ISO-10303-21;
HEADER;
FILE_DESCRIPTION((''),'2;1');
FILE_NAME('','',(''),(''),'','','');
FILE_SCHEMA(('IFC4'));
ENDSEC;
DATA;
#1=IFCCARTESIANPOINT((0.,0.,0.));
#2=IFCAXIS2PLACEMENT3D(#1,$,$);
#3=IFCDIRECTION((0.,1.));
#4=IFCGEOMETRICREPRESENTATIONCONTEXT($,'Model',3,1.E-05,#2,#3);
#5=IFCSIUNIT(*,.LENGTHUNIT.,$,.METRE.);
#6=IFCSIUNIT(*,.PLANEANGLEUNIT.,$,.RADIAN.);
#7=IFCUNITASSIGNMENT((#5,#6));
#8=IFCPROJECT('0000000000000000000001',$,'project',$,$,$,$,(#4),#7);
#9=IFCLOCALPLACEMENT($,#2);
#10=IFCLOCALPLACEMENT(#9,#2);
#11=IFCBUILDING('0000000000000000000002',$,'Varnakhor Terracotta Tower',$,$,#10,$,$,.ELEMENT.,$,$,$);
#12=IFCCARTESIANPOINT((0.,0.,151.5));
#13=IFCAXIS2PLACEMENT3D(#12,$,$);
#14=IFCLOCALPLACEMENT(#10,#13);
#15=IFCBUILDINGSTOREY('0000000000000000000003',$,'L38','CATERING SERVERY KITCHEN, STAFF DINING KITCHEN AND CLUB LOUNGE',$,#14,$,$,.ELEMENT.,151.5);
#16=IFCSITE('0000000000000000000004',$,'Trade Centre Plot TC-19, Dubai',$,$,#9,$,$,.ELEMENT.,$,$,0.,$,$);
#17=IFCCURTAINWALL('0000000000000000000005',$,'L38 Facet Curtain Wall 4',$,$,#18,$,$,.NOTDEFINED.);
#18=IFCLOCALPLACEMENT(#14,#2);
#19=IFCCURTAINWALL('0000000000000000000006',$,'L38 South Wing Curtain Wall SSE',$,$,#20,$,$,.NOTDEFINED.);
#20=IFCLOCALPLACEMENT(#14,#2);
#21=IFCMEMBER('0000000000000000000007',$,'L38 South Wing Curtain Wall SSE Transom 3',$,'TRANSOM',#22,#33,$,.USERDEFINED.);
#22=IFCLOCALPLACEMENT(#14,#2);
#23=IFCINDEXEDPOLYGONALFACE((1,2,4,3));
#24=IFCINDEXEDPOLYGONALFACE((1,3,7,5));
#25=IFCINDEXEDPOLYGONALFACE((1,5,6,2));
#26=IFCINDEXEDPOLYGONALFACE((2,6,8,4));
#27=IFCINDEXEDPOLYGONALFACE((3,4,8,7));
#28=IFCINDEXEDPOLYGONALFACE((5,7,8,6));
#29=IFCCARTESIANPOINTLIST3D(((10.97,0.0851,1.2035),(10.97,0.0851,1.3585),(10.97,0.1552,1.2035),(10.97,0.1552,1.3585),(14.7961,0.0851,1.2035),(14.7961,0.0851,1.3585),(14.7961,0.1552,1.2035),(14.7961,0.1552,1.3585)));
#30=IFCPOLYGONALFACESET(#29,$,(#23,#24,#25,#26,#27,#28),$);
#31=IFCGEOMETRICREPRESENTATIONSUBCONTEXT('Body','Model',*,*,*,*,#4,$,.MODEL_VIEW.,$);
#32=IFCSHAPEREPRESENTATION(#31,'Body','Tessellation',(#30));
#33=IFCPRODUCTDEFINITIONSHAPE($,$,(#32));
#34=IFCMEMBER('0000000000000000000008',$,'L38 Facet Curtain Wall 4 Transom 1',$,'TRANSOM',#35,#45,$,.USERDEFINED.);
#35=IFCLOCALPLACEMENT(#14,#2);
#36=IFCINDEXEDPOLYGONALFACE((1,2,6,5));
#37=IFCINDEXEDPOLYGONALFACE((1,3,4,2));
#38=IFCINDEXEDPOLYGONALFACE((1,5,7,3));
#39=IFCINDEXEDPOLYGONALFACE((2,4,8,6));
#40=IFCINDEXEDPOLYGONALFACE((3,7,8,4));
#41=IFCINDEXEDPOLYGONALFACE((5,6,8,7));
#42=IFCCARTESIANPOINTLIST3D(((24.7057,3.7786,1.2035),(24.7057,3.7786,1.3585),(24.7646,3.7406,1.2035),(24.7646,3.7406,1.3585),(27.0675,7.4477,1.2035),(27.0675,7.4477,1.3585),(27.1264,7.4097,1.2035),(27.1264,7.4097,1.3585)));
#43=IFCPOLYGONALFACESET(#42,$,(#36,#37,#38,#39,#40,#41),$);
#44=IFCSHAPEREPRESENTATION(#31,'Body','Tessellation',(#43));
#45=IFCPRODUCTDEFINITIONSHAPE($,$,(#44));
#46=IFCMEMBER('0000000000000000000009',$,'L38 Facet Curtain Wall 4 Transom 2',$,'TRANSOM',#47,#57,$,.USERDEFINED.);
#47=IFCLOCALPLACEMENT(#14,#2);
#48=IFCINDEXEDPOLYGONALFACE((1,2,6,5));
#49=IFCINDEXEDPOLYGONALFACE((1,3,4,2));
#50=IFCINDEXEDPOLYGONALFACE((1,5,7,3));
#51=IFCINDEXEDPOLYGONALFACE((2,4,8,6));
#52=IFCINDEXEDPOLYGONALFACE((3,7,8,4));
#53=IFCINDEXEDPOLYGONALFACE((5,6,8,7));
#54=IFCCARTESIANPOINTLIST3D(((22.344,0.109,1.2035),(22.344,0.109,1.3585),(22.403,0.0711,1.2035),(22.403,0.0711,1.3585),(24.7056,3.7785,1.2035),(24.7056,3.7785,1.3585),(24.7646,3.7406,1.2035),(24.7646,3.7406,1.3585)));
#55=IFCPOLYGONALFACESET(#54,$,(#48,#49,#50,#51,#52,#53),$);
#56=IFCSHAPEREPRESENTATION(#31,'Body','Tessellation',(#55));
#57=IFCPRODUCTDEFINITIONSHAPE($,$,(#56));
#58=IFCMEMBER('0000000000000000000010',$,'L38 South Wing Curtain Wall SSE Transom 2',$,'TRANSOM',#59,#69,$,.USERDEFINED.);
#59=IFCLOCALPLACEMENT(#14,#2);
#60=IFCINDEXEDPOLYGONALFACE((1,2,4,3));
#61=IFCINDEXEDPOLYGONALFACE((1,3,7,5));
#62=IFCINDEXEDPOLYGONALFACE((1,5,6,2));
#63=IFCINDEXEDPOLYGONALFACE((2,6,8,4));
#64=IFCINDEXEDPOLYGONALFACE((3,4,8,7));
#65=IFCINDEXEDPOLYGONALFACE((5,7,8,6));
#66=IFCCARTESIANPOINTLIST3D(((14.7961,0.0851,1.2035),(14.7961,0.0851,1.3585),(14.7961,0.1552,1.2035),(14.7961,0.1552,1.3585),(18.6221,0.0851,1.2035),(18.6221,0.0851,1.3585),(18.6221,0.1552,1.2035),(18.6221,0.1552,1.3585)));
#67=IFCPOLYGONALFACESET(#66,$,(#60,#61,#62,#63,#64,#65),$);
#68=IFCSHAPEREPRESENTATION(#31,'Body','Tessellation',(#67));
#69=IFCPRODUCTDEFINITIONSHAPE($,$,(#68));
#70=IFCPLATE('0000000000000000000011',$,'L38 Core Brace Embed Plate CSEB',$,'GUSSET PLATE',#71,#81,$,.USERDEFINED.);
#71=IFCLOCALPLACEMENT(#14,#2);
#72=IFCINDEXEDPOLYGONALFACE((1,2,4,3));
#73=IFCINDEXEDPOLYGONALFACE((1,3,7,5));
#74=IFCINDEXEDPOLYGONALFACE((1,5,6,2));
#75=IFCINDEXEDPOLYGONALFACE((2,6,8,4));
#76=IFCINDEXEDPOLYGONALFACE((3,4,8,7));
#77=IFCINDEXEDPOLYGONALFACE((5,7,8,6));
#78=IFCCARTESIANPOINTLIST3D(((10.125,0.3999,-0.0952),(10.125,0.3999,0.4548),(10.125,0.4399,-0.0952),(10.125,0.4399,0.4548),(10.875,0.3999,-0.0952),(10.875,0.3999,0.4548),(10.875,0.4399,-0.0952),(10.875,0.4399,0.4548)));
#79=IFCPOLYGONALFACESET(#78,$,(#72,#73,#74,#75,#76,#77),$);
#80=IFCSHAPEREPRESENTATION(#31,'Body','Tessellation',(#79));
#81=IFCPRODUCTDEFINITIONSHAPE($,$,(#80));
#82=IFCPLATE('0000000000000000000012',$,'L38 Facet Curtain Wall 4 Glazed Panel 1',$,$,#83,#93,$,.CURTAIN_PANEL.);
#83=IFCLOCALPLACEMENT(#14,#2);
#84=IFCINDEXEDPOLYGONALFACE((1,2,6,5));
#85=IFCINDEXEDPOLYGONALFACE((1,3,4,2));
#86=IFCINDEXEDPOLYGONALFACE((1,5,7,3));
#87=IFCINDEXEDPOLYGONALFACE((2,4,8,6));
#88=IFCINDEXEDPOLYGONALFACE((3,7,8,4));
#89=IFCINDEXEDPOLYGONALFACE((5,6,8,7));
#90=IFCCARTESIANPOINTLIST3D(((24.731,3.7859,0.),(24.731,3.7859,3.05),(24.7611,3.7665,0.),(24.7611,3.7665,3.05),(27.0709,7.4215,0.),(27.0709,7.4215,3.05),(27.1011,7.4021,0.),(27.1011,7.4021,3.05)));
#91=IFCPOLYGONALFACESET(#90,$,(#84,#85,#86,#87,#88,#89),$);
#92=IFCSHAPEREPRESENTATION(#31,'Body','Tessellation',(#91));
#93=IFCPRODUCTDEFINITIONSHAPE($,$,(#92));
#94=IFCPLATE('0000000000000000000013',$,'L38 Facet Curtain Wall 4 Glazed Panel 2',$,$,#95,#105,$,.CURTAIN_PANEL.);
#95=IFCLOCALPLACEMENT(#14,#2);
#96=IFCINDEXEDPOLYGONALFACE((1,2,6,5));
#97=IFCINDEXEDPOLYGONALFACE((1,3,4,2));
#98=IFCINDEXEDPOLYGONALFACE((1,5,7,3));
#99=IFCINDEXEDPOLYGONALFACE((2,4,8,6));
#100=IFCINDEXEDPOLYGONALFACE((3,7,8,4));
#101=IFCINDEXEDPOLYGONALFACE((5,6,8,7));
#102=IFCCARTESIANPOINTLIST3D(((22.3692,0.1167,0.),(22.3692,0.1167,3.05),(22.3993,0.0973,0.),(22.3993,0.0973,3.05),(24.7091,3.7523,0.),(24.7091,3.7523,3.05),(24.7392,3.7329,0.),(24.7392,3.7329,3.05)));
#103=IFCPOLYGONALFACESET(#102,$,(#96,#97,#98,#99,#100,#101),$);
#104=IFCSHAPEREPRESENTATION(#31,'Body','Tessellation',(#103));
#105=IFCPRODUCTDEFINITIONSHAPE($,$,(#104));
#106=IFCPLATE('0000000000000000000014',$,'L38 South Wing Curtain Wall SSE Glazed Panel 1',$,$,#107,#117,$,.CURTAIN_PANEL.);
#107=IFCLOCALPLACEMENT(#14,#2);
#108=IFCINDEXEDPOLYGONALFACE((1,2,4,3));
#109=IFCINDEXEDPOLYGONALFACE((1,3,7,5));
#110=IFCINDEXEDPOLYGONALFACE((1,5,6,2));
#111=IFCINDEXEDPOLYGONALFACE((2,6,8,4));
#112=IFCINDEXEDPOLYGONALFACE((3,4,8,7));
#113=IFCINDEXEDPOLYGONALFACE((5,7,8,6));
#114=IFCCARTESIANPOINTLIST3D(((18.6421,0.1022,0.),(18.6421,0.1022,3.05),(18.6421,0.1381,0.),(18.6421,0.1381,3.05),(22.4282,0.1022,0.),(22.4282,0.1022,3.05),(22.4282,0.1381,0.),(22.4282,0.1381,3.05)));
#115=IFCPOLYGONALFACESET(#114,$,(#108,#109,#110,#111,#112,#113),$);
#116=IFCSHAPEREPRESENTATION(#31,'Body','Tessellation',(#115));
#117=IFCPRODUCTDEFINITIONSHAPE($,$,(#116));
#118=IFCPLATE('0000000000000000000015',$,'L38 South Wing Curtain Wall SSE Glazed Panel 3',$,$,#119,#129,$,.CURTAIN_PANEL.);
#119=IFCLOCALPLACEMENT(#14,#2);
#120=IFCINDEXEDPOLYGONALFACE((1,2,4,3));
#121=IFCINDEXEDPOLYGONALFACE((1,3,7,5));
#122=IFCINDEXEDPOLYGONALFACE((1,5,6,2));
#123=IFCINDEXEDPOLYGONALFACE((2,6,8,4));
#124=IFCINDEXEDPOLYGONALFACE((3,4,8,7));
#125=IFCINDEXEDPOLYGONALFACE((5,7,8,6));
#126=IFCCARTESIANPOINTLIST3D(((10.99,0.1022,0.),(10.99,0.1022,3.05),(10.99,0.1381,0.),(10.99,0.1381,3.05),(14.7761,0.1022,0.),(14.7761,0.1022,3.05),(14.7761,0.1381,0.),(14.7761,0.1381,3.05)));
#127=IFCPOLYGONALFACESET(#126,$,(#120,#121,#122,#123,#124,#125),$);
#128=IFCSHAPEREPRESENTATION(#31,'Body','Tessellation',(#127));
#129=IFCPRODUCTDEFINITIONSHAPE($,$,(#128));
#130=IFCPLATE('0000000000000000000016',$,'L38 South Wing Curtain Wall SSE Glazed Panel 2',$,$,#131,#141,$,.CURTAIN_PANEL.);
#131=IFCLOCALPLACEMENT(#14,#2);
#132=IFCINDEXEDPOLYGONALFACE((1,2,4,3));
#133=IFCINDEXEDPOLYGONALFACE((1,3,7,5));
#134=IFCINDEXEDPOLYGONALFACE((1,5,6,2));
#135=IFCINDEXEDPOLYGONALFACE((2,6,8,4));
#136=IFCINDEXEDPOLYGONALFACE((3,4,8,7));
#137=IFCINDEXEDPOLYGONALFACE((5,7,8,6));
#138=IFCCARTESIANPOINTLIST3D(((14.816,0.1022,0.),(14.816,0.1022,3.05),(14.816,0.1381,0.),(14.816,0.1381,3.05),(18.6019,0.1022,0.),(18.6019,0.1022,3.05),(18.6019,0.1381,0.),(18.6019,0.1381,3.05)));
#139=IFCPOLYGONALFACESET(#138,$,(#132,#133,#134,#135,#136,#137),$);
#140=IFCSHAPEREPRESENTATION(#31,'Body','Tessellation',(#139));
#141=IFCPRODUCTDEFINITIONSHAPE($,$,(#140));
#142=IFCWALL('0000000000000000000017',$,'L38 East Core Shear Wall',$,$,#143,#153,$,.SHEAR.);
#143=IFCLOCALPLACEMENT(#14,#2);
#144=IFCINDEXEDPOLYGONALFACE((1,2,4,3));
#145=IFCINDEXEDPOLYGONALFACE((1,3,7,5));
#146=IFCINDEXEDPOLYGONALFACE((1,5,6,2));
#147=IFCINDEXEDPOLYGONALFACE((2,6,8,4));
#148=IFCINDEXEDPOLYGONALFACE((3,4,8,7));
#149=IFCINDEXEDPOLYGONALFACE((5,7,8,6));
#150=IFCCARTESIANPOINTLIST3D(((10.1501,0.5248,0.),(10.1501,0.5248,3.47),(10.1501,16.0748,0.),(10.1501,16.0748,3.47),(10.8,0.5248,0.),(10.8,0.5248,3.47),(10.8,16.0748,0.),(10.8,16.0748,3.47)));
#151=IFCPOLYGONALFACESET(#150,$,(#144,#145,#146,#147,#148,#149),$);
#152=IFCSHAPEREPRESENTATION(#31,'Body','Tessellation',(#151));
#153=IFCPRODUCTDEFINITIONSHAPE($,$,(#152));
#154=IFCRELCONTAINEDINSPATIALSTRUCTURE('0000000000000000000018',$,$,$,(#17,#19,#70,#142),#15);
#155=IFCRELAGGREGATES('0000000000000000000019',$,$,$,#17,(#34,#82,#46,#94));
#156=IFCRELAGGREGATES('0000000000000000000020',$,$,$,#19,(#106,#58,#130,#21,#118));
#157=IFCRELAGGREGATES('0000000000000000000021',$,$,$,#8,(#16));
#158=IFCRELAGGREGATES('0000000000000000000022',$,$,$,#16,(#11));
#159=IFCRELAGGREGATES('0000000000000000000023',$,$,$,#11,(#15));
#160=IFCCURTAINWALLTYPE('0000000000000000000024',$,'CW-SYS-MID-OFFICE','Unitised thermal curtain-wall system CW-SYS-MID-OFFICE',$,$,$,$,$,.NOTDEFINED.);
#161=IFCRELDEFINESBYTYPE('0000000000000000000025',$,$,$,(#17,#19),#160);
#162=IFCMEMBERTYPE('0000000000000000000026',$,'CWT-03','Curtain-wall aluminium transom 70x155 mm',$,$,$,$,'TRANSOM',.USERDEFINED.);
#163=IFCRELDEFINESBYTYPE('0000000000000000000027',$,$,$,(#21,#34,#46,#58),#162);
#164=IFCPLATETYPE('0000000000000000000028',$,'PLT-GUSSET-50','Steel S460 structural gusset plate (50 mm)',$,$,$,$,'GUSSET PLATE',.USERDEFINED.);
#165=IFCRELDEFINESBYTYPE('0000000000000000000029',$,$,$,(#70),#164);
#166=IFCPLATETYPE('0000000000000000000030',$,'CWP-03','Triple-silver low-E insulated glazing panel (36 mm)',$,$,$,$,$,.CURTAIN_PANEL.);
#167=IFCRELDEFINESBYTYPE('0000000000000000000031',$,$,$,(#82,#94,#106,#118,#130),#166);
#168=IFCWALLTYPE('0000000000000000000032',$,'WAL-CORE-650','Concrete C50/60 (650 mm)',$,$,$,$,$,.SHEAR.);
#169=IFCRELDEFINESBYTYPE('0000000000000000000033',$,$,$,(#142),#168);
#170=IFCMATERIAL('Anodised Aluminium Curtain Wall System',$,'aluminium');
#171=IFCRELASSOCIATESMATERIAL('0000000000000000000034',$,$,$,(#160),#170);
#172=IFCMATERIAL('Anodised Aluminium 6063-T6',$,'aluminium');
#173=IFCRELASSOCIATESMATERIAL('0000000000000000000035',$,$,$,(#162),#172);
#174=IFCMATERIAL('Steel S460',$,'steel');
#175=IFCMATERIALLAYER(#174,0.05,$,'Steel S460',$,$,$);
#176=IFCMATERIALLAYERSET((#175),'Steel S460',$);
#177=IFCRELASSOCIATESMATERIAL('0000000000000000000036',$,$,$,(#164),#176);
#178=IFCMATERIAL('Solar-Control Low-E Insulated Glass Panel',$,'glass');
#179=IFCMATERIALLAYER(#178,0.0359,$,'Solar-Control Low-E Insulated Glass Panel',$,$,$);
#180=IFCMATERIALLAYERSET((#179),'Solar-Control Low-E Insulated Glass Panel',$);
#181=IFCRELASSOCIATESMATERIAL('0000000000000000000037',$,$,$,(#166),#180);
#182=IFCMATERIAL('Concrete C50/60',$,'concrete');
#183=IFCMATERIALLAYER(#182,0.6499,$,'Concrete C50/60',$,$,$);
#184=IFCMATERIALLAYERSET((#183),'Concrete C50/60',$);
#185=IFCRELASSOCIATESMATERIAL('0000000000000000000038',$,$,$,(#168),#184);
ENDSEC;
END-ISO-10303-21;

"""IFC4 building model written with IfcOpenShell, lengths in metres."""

from ifc_helpers import new_model, si_unit, direction, frame, frame_2d, origin, origin_2d, place, context, subcontext, project, spatial, rectangle, extrude, source, transform, mapped, material, layer, layer_set, material_profile, profile_set, type_object, type_shapes, element, aggregate, save


model = new_model("IFC4")

# Units and contexts
model_context = context("Model", 3, precision=1e-05, world=origin(), true_north=direction((0.0, 1.0)))
body_context = subcontext(model_context, "Body", "Model", "MODEL_VIEW")
ifc_project = project(units=[si_unit("LENGTHUNIT", "METRE"), si_unit("PLANEANGLEUNIT", "RADIAN")], contexts=[model_context])

# Site, building, storey
site_placement = place(None, origin())
site = spatial("IfcSite", under=ifc_project, at=site_placement, Name="Trade Centre Plot TC-19, Dubai", CompositionType="ELEMENT", RefElevation=0.0)
building_placement = place(site_placement, origin())
building = spatial("IfcBuilding", under=site, at=building_placement, Name="Varnakhor Terracotta Tower", CompositionType="ELEMENT")
storey_placement = place(building_placement, frame((0.0, 0.0, 151.5)))
storey = spatial("IfcBuildingStorey", under=building, at=storey_placement, Name="L38", Description="CATERING SERVERY KITCHEN, STAFF DINING KITCHEN AND CLUB LOUNGE", CompositionType="ELEMENT", Elevation=151.5)

# Shared definitions
ifc_material_1 = material(Name="Concrete C50/60", Category="concrete")
ifc_material_2 = material(Name="Steel S460", Category="steel")

# Curtain walls, member
ifc_material_3 = material(Name="Anodised Aluminium Curtain Wall System", Category="aluminium")
curtain_wall_type = type_object("IfcCurtainWallType", Name="CW-SYS-MID-OFFICE", Description="Unitised thermal curtain-wall system CW-SYS-MID-OFFICE", PredefinedType="NOTDEFINED", material=ifc_material_3)
curtain_wall_1_placement = place(storey_placement, origin())
curtain_wall_1 = element("IfcCurtainWall", 1, at=curtain_wall_1_placement, inside=storey, type_object=curtain_wall_type, Name="L38 Facet Curtain Wall 4", PredefinedType="NOTDEFINED")
ifc_material_4 = material(Name="Anodised Aluminium 6063-T6", Category="aluminium")
curtain_wall_2_placement = place(storey_placement, origin())
curtain_wall_2 = element("IfcCurtainWall", 2, at=curtain_wall_2_placement, inside=storey, type_object=curtain_wall_type, Name="L38 South Wing Curtain Wall SSE", PredefinedType="NOTDEFINED")
ifc_material_profile_1 = material_profile(ifc_material_4, rectangle(XDim=0.0701, YDim=0.155, at=origin_2d()), Name="ALU TRANSOM 70x155")
ifc_profile_set_1 = profile_set([ifc_material_profile_1], Name="Anodised Aluminium 6063-T6")
member_type_1 = type_object("IfcMemberType", Name="CWT-03", Description="Curtain-wall aluminium transom 70x155 mm", ElementType="TRANSOM", PredefinedType="USERDEFINED", material=ifc_profile_set_1)
shared_shape_1 = source(origin(), body_context, "Body", "SweptSolid", [
    extrude(rectangle(XDim=0.0701, YDim=0.155, at=origin_2d()), origin(), (0.0, 0.0, 1.0), 3.8262),
])
member_1_placement = place(storey_placement, frame((14.7961, 0.1201, 1.281), z_axis=(-1.0, 0.0, 0.0), x_axis=(0.0, -1.0, 0.0)))
member_1 = element("IfcMember", 3, at=member_1_placement, type_object=member_type_1, Name="L38 South Wing Curtain Wall SSE Transom 3", ObjectType="TRANSOM", PredefinedType="USERDEFINED", context=body_context, shape_type="MappedRepresentation", body=[
    mapped(shared_shape_1, transform((0.0, 0.0, 0.0), scale=1.0)),
])

# Members
shared_shape_2 = source(origin(), body_context, "Body", "SweptSolid", [
    extrude(rectangle(XDim=0.0701, YDim=0.155, at=origin_2d()), origin(), (0.0, 0.0, 1.0), 4.3635),
])
member_2_placement = place(storey_placement, frame((27.0969, 7.4287, 1.281), z_axis=(-0.541252, -0.84086, 0.0), x_axis=(0.84086, -0.541252, 0.0)))
member_2 = element("IfcMember", 4, at=member_2_placement, type_object=member_type_1, Name="L38 Facet Curtain Wall 4 Transom 1", ObjectType="TRANSOM", PredefinedType="USERDEFINED", context=body_context, shape_type="MappedRepresentation", body=[
    mapped(shared_shape_2, transform((0.0, 0.0, 0.0), scale=1.0)),
])
shared_shape_3 = source(origin(), body_context, "Body", "SweptSolid", [
    extrude(rectangle(XDim=0.0701, YDim=0.155, at=origin_2d()), origin(), (0.0, 0.0, 1.0), 4.3638),
])
member_3_placement = place(storey_placement, frame((24.7351, 3.7595, 1.281), z_axis=(-0.541187, -0.840902, 0.0), x_axis=(0.840902, -0.541187, 0.0)))
member_3 = element("IfcMember", 5, at=member_3_placement, type_object=member_type_1, Name="L38 Facet Curtain Wall 4 Transom 2", ObjectType="TRANSOM", PredefinedType="USERDEFINED", context=body_context, shape_type="MappedRepresentation", body=[
    mapped(shared_shape_3, transform((0.0, 0.0, 0.0), scale=1.0)),
])
shared_shape_4 = source(origin(), body_context, "Body", "SweptSolid", [
    extrude(rectangle(XDim=0.0701, YDim=0.155, at=origin_2d()), origin(), (0.0, 0.0, 1.0), 3.8259),
])
member_4_placement = place(storey_placement, frame((18.6221, 0.1201, 1.281), z_axis=(-1.0, 0.0, 0.0), x_axis=(0.0, -1.0, 0.0)))
member_4 = element("IfcMember", 6, at=member_4_placement, type_object=member_type_1, Name="L38 South Wing Curtain Wall SSE Transom 2", ObjectType="TRANSOM", PredefinedType="USERDEFINED", context=body_context, shape_type="MappedRepresentation", body=[
    mapped(shared_shape_4, transform((0.0, 0.0, 0.0), scale=1.0)),
])

# Plates
ifc_layer_1 = layer(ifc_material_2, 0.05, Name="Steel S460")
ifc_layer_set_1 = layer_set([ifc_layer_1], Name="Steel S460")
plate_type_1 = type_object("IfcPlateType", Name="PLT-GUSSET-50", Description="Steel S460 structural gusset plate (50 mm)", ElementType="GUSSET PLATE", PredefinedType="USERDEFINED", material=ifc_layer_set_1)
shared_shape_5 = source(origin(), body_context, "Body", "SweptSolid", [
    extrude(rectangle(XDim=0.75, YDim=0.04, at=origin_2d()), origin(), (0.0, 0.0, 1.0), 0.55),
])
type_shapes(plate_type_1, [shared_shape_5])
plate_1_placement = place(storey_placement, frame((10.5, 0.4199, -0.0952), z_axis=(0.0, 0.0, 1.0), x_axis=(1.0, 0.0, 0.0)))
element("IfcPlate", 7, at=plate_1_placement, inside=storey, type_object=plate_type_1, Name="L38 Core Brace Embed Plate CSEB", ObjectType="GUSSET PLATE", PredefinedType="USERDEFINED", context=body_context, shape_type="MappedRepresentation", body=[
    mapped(shared_shape_5, transform((0.0, 0.0, 0.0), scale=1.0)),
])
ifc_material_5 = material(Name="Solar-Control Low-E Insulated Glass Panel", Category="glass")
ifc_layer_2 = layer(ifc_material_5, 0.0359, Name="Solar-Control Low-E Insulated Glass Panel")
ifc_layer_set_2 = layer_set([ifc_layer_2], Name="Solar-Control Low-E Insulated Glass Panel")
plate_type_2 = type_object("IfcPlateType", Name="CWP-03", Description="Triple-silver low-E insulated glazing panel (36 mm)", PredefinedType="CURTAIN_PANEL", material=ifc_layer_set_2)
shared_shape_6 = source(origin(), body_context, "Body", "SweptSolid", [
    extrude(rectangle(XDim=4.3235, YDim=0.0359, at=origin_2d()), origin(), (0.0, 0.0, 1.0), 3.05),
])
plate_2_placement = place(storey_placement, frame((25.916, 5.594, 0.0), z_axis=(0.0, 0.0, 1.0), x_axis=(-0.541209, -0.840888, 0.0)))
plate_2 = element("IfcPlate", 8, at=plate_2_placement, type_object=plate_type_2, Name="L38 Facet Curtain Wall 4 Glazed Panel 1", PredefinedType="CURTAIN_PANEL", context=body_context, shape_type="MappedRepresentation", body=[
    mapped(shared_shape_6, transform((0.0, 0.0, 0.0), scale=1.0)),
])
plate_3_placement = place(storey_placement, frame((23.5542, 1.9248, 0.0), z_axis=(0.0, 0.0, 1.0), x_axis=(-0.541209, -0.840888, 0.0)))
plate_3 = element("IfcPlate", 9, at=plate_3_placement, type_object=plate_type_2, Name="L38 Facet Curtain Wall 4 Glazed Panel 2", PredefinedType="CURTAIN_PANEL", context=body_context, shape_type="MappedRepresentation", body=[
    mapped(shared_shape_6, transform((0.0, 0.0, 0.0), scale=1.0)),
])
aggregate(curtain_wall_1, [member_2, plate_2, member_3, plate_3])
shared_shape_7 = source(origin(), body_context, "Body", "SweptSolid", [
    extrude(rectangle(XDim=3.7861, YDim=0.0359, at=origin_2d()), origin(), (0.0, 0.0, 1.0), 3.05),
])
plate_4_placement = place(storey_placement, frame((20.5352, 0.1201, 0.0), z_axis=(0.0, 0.0, 1.0), x_axis=(-1.0, 0.0, 0.0)))
plate_4 = element("IfcPlate", 10, at=plate_4_placement, type_object=plate_type_2, Name="L38 South Wing Curtain Wall SSE Glazed Panel 1", PredefinedType="CURTAIN_PANEL", context=body_context, shape_type="MappedRepresentation", body=[
    mapped(shared_shape_7, transform((0.0, 0.0, 0.0), scale=1.0)),
])
plate_5_placement = place(storey_placement, frame((12.8831, 0.1201, 0.0), z_axis=(0.0, 0.0, 1.0), x_axis=(-1.0, 0.0, 0.0)))
plate_5 = element("IfcPlate", 11, at=plate_5_placement, type_object=plate_type_2, Name="L38 South Wing Curtain Wall SSE Glazed Panel 3", PredefinedType="CURTAIN_PANEL", context=body_context, shape_type="MappedRepresentation", body=[
    mapped(shared_shape_7, transform((0.0, 0.0, 0.0), scale=1.0)),
])
shared_shape_8 = source(origin(), body_context, "Body", "SweptSolid", [
    extrude(rectangle(XDim=3.7859, YDim=0.0359, at=origin_2d()), origin(), (0.0, 0.0, 1.0), 3.05),
])
plate_6_placement = place(storey_placement, frame((16.709, 0.1201, 0.0), z_axis=(0.0, 0.0, 1.0), x_axis=(-1.0, 0.0, 0.0)))
plate_6 = element("IfcPlate", 12, at=plate_6_placement, type_object=plate_type_2, Name="L38 South Wing Curtain Wall SSE Glazed Panel 2", PredefinedType="CURTAIN_PANEL", context=body_context, shape_type="MappedRepresentation", body=[
    mapped(shared_shape_8, transform((0.0, 0.0, 0.0), scale=1.0)),
])
aggregate(curtain_wall_2, [plate_4, member_4, plate_6, member_1, plate_5])

# Wall
ifc_layer_3 = layer(ifc_material_1, 0.6499, Name="Concrete C50/60")
ifc_layer_set_3 = layer_set([ifc_layer_3], Name="Concrete C50/60")
wall_type = type_object("IfcWallType", Name="WAL-CORE-650", Description="Concrete C50/60 (650 mm)", PredefinedType="SHEAR", material=ifc_layer_set_3)
wall_placement = place(storey_placement, frame((10.4751, 0.5249, 0.0), z_axis=(0.0, 0.0, 1.0), x_axis=(0.0, 1.0, 0.0)))
element("IfcWall", 13, at=wall_placement, inside=storey, type_object=wall_type, Name="L38 East Core Shear Wall", PredefinedType="SHEAR", context=body_context, shape_type="SweptSolid", body=[
    extrude(rectangle(XDim=15.55, YDim=0.6499, at=frame_2d((7.7749, 0.0))), origin(), (0.0, 0.0, 1.0), 3.47),
])

save(model, "model.ifc")
